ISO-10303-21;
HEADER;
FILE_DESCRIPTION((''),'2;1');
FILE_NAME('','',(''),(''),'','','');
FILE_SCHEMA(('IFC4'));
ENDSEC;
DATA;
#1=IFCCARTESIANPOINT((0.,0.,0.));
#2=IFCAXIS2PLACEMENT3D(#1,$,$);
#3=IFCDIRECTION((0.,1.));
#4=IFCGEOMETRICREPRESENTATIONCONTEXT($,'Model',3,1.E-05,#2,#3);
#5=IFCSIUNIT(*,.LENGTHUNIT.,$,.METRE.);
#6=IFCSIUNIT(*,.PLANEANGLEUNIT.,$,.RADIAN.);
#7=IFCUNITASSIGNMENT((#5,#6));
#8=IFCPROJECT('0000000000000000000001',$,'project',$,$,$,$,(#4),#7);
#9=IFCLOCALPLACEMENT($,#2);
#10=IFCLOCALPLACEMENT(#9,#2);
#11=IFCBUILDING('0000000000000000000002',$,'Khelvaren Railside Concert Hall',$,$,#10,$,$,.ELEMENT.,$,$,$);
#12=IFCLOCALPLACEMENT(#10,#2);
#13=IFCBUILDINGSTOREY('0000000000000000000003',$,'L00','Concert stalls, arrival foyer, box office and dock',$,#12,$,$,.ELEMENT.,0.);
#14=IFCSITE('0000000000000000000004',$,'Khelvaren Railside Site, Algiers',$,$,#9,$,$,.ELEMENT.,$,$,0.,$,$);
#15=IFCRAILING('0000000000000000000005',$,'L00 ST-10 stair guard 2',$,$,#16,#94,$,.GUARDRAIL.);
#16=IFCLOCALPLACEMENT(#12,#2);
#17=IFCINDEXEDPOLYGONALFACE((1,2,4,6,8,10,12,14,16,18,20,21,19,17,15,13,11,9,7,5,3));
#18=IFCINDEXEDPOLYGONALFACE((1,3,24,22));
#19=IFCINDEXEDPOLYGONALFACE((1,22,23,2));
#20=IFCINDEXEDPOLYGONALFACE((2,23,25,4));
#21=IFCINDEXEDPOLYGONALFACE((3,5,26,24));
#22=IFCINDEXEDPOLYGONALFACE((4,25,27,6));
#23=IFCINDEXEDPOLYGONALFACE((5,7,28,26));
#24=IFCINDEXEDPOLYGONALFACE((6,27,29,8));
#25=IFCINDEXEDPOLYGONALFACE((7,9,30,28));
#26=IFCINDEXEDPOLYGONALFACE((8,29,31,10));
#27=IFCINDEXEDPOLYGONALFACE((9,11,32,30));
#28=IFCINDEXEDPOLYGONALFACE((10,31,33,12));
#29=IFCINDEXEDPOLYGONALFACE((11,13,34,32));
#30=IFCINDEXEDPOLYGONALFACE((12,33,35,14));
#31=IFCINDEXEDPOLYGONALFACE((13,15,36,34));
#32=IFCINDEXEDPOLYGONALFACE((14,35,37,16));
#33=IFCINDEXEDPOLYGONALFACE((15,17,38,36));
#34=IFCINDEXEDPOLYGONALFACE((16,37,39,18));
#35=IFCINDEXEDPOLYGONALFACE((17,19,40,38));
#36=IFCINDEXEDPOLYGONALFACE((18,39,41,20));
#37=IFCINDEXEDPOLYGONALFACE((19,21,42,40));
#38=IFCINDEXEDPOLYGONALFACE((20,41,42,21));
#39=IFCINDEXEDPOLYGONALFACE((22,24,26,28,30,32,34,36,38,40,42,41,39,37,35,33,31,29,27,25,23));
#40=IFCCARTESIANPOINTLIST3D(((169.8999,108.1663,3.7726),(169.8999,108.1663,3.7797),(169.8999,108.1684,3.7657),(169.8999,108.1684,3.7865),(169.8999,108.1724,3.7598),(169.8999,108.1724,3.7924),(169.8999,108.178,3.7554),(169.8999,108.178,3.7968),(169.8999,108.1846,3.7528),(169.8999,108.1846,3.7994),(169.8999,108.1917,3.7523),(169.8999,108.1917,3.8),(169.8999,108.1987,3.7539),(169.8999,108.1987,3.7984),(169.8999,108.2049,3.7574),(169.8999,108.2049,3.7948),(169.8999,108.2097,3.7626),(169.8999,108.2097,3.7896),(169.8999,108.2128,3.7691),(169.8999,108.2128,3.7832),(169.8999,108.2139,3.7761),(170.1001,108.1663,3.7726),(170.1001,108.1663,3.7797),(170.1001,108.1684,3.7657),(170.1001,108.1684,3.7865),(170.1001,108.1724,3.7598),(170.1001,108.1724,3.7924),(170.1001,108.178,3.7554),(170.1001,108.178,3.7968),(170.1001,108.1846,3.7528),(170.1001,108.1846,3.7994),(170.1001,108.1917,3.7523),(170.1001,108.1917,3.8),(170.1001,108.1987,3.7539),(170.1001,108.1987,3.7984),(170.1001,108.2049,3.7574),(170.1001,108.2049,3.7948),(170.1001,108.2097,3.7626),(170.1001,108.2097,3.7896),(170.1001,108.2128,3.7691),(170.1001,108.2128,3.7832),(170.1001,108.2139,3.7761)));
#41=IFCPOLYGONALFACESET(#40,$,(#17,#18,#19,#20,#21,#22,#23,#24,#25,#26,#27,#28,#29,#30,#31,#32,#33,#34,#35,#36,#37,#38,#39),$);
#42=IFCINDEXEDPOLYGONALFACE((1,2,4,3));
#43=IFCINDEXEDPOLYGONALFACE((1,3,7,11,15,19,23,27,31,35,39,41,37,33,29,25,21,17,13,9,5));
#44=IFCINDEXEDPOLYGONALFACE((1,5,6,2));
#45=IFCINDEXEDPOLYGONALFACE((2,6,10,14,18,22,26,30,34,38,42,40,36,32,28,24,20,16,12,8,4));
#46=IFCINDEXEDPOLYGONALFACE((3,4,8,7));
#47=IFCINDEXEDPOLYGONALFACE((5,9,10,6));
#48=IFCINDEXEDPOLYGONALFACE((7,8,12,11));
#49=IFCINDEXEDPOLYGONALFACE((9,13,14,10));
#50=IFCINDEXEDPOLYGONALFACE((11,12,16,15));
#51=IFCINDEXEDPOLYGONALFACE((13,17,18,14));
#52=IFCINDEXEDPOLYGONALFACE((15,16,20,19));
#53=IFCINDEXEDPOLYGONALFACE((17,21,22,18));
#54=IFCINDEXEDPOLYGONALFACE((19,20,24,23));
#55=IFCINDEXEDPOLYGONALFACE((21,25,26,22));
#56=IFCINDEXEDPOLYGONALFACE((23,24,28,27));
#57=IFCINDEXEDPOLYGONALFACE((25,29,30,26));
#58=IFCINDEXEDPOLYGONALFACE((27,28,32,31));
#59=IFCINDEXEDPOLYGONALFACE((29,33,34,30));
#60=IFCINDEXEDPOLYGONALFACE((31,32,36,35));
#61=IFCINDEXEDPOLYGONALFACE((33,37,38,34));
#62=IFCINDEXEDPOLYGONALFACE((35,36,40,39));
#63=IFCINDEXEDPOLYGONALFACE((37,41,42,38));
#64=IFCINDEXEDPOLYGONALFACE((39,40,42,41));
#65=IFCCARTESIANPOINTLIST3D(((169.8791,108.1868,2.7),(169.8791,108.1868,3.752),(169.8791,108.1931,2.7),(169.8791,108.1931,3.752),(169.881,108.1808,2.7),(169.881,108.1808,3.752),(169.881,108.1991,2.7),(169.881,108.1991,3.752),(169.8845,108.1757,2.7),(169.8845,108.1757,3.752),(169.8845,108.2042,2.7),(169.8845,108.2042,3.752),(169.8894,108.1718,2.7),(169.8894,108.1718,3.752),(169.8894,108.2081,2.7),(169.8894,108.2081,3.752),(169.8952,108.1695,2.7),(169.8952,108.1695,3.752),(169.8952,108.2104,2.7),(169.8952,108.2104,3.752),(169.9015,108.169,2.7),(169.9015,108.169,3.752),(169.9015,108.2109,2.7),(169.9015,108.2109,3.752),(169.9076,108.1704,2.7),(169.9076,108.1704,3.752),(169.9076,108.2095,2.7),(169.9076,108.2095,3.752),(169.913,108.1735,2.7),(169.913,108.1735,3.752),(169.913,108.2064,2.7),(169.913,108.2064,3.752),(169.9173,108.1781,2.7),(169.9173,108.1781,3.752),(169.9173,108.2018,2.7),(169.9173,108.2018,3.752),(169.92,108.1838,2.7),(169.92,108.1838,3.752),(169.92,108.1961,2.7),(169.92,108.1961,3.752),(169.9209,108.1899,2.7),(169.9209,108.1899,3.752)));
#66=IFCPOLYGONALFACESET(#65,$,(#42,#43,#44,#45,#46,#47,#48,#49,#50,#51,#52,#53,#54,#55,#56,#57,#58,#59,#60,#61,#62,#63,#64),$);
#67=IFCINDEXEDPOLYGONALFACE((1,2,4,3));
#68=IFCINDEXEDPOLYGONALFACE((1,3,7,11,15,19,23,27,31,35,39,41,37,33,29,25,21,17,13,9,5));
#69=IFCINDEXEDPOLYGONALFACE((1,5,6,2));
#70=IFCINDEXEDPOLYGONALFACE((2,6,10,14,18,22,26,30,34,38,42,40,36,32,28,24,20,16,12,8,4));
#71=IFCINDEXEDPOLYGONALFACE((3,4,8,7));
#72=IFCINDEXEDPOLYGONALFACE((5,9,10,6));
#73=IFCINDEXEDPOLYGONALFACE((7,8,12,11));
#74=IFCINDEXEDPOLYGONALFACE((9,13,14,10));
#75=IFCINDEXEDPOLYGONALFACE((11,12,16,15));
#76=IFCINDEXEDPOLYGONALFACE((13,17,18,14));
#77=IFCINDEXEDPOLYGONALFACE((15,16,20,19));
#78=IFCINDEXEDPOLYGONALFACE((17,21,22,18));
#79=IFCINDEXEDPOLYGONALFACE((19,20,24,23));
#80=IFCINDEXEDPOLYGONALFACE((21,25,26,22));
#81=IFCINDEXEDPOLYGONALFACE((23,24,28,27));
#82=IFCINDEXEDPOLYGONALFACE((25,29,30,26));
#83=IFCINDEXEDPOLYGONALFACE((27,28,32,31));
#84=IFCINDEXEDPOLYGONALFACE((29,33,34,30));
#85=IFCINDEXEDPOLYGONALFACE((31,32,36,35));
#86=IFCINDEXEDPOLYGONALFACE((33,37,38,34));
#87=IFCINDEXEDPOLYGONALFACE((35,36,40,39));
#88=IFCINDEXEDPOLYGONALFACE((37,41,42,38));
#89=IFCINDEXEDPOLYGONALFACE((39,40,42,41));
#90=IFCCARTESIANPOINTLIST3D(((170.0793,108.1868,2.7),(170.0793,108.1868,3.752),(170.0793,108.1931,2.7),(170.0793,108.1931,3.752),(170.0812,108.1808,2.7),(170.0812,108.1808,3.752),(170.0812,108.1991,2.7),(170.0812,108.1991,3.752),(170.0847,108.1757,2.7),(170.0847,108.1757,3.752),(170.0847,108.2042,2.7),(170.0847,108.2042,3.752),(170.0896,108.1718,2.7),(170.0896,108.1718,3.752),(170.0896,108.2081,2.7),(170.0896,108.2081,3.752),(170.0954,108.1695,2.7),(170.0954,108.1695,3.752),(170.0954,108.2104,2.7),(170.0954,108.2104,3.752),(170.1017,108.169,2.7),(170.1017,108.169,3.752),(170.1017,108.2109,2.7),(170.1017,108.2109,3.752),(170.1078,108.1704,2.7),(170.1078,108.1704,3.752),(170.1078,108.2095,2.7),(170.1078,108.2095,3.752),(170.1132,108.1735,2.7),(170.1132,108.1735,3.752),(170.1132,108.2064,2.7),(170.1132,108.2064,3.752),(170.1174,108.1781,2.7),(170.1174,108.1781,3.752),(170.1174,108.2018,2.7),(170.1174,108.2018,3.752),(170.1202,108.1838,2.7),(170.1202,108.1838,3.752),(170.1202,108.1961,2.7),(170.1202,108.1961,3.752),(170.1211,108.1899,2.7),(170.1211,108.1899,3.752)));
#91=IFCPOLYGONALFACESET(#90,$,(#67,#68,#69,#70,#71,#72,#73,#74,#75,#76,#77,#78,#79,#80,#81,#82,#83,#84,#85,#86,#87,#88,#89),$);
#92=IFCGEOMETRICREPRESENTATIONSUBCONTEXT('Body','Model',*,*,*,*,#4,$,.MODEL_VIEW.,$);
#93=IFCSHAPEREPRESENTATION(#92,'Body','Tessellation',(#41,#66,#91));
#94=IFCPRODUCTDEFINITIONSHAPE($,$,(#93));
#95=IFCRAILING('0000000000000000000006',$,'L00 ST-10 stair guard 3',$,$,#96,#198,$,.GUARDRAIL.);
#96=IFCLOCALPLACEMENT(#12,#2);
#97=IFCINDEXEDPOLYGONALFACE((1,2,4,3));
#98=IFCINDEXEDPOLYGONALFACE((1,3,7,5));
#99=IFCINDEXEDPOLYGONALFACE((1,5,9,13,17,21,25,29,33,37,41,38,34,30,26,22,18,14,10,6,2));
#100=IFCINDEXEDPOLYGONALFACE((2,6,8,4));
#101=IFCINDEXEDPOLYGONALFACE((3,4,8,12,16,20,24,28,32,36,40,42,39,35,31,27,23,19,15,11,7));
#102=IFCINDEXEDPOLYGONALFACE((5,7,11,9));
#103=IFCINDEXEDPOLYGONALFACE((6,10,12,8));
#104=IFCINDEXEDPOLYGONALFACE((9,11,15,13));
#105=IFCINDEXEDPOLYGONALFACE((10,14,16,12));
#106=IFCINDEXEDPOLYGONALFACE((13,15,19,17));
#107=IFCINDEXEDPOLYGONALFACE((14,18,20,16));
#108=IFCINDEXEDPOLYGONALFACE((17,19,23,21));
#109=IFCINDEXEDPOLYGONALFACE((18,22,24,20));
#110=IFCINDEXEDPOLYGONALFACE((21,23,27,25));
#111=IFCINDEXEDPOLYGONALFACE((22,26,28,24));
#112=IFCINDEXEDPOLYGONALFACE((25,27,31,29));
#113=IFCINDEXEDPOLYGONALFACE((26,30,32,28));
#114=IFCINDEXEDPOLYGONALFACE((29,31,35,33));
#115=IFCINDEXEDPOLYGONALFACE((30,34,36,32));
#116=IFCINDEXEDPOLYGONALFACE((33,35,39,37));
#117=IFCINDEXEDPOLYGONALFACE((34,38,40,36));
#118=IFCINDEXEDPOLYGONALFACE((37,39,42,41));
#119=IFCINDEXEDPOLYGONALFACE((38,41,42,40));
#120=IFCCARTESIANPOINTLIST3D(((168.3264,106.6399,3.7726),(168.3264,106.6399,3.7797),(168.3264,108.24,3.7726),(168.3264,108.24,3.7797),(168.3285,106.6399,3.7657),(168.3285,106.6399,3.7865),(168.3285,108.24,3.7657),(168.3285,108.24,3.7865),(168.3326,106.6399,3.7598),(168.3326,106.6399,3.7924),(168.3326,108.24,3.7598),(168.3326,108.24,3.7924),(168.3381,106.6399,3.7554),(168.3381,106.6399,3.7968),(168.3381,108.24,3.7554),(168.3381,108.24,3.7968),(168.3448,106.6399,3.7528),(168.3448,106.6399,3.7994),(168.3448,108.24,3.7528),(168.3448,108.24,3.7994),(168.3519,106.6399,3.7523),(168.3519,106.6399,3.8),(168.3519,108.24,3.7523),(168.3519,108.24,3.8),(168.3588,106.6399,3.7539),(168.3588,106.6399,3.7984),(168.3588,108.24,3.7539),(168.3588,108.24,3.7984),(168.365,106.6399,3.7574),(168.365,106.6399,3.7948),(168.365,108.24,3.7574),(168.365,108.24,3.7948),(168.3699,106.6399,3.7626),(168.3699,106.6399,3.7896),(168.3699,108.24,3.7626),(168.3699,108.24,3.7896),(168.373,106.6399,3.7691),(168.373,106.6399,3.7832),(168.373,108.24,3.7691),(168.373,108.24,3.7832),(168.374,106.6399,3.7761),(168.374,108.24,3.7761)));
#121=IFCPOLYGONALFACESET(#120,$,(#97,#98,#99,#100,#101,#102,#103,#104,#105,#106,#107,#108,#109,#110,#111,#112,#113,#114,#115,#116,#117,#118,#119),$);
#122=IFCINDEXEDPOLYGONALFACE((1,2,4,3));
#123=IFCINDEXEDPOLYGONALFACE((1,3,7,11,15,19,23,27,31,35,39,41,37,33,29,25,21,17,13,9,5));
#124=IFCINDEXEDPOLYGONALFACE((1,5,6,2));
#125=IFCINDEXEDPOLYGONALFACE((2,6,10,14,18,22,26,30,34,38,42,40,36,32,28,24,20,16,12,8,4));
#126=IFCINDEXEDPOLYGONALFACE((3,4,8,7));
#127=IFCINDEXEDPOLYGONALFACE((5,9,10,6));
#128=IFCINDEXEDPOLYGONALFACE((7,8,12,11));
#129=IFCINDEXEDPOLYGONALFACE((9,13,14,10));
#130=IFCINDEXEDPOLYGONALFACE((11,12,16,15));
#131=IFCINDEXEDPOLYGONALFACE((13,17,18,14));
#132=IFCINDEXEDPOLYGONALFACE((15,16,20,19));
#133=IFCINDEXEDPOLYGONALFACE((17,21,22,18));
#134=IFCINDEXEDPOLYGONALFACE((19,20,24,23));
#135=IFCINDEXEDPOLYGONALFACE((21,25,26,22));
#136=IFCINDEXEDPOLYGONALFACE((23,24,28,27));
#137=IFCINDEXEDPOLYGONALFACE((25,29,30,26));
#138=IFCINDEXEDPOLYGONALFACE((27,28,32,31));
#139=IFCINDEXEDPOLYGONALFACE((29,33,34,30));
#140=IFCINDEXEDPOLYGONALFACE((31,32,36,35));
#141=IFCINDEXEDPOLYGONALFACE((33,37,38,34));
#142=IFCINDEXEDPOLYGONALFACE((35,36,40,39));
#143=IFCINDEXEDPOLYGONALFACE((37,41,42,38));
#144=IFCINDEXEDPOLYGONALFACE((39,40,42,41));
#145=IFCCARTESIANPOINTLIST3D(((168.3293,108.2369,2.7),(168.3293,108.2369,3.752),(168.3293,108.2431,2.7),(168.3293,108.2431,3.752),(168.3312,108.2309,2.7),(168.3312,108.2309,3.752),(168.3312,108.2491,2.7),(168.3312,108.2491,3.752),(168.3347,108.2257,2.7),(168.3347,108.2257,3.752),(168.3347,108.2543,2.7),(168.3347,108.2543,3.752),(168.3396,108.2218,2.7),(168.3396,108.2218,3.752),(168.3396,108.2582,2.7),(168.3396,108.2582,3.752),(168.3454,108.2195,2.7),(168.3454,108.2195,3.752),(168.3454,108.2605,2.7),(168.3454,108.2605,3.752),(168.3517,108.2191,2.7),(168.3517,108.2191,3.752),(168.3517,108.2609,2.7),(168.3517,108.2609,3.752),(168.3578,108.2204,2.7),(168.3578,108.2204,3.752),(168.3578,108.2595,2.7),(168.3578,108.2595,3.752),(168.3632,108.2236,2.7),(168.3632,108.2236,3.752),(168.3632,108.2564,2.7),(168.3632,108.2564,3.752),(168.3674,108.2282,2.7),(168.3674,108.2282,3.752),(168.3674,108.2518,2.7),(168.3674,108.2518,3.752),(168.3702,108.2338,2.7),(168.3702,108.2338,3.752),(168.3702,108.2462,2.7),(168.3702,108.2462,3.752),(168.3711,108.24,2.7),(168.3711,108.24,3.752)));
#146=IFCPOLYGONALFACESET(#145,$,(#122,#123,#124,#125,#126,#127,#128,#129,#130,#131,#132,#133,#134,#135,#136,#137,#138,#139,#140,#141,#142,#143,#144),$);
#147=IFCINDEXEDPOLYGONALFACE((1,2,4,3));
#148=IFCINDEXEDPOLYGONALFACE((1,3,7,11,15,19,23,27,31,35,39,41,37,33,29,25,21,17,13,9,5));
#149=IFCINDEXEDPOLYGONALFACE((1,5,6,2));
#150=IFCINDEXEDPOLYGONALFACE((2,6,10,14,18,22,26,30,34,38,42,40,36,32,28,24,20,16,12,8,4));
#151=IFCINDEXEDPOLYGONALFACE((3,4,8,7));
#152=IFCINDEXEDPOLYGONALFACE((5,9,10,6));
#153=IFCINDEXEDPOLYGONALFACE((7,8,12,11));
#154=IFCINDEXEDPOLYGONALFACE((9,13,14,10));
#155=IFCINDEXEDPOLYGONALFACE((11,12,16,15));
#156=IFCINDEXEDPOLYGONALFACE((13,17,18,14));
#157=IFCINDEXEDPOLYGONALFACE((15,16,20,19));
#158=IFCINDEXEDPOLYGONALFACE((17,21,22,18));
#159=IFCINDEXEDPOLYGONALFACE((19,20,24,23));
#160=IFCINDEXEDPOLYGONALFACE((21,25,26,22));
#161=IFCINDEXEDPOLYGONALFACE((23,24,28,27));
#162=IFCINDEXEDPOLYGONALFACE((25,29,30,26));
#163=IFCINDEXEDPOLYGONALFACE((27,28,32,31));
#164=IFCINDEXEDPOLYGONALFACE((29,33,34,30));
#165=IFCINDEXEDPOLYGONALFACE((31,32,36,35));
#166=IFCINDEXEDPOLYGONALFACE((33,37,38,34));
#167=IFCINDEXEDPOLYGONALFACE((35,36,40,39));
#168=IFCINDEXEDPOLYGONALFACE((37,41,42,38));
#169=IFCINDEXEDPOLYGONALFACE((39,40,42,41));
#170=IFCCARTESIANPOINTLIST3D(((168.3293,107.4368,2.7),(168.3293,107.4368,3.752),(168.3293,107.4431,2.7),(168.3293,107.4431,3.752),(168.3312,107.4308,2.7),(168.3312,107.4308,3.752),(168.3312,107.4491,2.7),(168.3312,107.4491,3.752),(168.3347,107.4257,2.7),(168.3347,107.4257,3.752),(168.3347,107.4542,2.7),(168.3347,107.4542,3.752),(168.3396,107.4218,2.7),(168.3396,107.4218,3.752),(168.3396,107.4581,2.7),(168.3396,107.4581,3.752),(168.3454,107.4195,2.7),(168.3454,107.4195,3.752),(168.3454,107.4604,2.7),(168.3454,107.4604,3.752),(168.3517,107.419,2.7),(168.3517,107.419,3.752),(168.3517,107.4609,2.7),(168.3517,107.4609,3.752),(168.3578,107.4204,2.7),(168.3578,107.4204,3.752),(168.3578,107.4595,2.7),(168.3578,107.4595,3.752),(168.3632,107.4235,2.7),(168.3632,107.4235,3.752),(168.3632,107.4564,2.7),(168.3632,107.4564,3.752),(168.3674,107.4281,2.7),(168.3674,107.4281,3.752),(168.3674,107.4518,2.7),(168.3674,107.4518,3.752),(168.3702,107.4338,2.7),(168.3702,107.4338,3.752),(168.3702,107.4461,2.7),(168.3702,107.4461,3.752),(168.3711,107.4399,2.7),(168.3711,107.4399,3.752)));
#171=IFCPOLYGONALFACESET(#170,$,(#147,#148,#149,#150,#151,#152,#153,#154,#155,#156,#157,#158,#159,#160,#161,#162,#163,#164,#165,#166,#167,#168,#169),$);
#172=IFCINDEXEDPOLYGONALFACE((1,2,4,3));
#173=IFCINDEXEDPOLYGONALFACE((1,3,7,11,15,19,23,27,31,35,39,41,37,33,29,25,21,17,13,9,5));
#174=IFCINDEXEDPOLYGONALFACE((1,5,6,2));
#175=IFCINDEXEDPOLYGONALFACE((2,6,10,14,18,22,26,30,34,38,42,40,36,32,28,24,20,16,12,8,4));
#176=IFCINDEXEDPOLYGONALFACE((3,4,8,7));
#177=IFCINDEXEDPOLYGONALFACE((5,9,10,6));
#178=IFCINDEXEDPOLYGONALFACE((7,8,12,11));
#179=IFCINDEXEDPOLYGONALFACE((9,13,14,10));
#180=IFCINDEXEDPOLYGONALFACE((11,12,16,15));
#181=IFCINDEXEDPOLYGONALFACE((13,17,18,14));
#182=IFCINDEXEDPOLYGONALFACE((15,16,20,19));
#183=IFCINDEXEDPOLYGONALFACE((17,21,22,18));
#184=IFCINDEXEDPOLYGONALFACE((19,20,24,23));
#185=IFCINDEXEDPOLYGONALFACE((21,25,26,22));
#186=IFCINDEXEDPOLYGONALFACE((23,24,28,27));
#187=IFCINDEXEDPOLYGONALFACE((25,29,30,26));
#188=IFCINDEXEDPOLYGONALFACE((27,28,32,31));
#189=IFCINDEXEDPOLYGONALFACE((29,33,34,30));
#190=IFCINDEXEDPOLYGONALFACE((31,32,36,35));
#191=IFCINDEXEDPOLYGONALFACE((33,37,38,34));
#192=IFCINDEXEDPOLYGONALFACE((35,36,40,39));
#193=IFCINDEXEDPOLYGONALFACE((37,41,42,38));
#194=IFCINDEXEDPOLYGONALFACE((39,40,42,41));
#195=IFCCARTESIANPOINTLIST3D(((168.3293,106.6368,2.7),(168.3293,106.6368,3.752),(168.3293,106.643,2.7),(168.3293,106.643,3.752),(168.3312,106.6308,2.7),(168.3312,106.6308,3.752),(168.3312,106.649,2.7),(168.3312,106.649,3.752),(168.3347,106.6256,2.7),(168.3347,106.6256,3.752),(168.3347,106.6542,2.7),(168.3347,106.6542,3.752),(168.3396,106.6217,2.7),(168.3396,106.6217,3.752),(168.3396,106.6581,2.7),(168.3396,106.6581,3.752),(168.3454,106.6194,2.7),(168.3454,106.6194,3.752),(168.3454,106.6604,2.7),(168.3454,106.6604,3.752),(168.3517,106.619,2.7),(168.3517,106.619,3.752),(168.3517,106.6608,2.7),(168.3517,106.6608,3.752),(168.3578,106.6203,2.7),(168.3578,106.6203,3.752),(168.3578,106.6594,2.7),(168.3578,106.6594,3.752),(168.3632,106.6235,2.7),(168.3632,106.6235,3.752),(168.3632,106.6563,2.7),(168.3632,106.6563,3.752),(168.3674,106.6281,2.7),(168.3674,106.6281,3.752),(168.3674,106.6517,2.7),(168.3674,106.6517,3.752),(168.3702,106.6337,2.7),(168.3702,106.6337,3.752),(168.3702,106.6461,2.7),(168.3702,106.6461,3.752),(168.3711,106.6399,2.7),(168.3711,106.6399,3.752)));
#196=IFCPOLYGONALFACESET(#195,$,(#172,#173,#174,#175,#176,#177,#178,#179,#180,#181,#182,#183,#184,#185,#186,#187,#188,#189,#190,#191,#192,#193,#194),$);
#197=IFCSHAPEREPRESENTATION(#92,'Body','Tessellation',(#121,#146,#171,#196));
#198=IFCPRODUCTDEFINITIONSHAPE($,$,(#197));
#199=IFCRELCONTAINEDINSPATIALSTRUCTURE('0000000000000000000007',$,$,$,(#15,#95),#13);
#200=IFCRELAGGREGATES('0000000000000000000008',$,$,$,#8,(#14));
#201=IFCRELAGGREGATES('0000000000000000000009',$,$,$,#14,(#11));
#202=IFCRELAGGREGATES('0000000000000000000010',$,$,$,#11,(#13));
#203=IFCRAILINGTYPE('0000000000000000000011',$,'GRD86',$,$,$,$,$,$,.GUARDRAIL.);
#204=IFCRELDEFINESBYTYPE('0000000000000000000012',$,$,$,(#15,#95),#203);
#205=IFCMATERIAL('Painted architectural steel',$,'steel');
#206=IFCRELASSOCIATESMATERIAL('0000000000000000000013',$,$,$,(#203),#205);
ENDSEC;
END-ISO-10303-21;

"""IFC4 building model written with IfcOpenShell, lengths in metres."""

from ifc_helpers import new_model, si_unit, direction, frame, origin, origin_2d, place, context, subcontext, project, spatial, circle, extrude, material, type_object, element, save


model = new_model("IFC4")

# Units and contexts
model_context = context("Model", 3, precision=1e-05, world=origin(), true_north=direction((0.0, 1.0)))
body_context = subcontext(model_context, "Body", "Model", "MODEL_VIEW")
ifc_project = project(units=[si_unit("LENGTHUNIT", "METRE"), si_unit("PLANEANGLEUNIT", "RADIAN")], contexts=[model_context])

# Site, building, storey
site_placement = place(None, origin())
site = spatial("IfcSite", under=ifc_project, at=site_placement, Name="Khelvaren Railside Site, Algiers", CompositionType="ELEMENT", RefElevation=0.0)
building_placement = place(site_placement, origin())
building = spatial("IfcBuilding", under=site, at=building_placement, Name="Khelvaren Railside Concert Hall", CompositionType="ELEMENT")
storey_placement = place(building_placement, origin())
storey = spatial("IfcBuildingStorey", under=building, at=storey_placement, Name="L00", Description="Concert stalls, arrival foyer, box office and dock", CompositionType="ELEMENT", Elevation=0.0)

# Railings
ifc_material_1 = material(Name="Painted architectural steel", Category="steel")
railing_type_1 = type_object("IfcRailingType", Name="GRD86", PredefinedType="GUARDRAIL", material=ifc_material_1)
railing_1_placement = place(storey_placement, frame((169.8999, 108.1899, 2.7)))
element("IfcRailing", 1, at=railing_1_placement, inside=storey, type_object=railing_type_1, Name="L00 ST-10 stair guard 2", PredefinedType="GUARDRAIL", context=body_context, shape_type="SweptSolid", body=[
    extrude(circle(Radius=0.0239, at=origin_2d()), frame((0.0, 0.0, 1.0762), z_axis=(1.0, 0.0, 0.0), x_axis=(0.0, 1.0, 0.0)), (0.0, 0.0, 1.0), 0.2002),
    extrude(circle(Radius=0.021, at=origin_2d()), origin(), (0.0, 0.0, 1.0), 1.052),
    extrude(circle(Radius=0.021, at=origin_2d()), frame((0.2002, 0.0, 0.0)), (0.0, 0.0, 1.0), 1.052),
])
for number, where, name in (
    (2, (168.3501, 108.24, 2.7), "L00 ST-10 stair guard 3"),
):
    element("IfcRailing", number, at=place(storey_placement, frame(where)), inside=storey, type_object=railing_type_1, Name=name, PredefinedType="GUARDRAIL", context=body_context, shape_type="SweptSolid", body=[
        extrude(circle(Radius=0.0239, at=origin_2d()), frame((0.0, 0.0, 1.0762), z_axis=(0.0, -1.0, 0.0), x_axis=(1.0, 0.0, 0.0)), (0.0, 0.0, 1.0), 1.6001),
        extrude(circle(Radius=0.021, at=origin_2d()), origin(), (0.0, 0.0, 1.0), 1.052),
        extrude(circle(Radius=0.021, at=origin_2d()), frame((0.0, -0.8, 0.0)), (0.0, 0.0, 1.0), 1.052),
        extrude(circle(Radius=0.021, at=origin_2d()), frame((0.0, -1.6001, 0.0)), (0.0, 0.0, 1.0), 1.052),
    ])

save(model, "model.ifc")
